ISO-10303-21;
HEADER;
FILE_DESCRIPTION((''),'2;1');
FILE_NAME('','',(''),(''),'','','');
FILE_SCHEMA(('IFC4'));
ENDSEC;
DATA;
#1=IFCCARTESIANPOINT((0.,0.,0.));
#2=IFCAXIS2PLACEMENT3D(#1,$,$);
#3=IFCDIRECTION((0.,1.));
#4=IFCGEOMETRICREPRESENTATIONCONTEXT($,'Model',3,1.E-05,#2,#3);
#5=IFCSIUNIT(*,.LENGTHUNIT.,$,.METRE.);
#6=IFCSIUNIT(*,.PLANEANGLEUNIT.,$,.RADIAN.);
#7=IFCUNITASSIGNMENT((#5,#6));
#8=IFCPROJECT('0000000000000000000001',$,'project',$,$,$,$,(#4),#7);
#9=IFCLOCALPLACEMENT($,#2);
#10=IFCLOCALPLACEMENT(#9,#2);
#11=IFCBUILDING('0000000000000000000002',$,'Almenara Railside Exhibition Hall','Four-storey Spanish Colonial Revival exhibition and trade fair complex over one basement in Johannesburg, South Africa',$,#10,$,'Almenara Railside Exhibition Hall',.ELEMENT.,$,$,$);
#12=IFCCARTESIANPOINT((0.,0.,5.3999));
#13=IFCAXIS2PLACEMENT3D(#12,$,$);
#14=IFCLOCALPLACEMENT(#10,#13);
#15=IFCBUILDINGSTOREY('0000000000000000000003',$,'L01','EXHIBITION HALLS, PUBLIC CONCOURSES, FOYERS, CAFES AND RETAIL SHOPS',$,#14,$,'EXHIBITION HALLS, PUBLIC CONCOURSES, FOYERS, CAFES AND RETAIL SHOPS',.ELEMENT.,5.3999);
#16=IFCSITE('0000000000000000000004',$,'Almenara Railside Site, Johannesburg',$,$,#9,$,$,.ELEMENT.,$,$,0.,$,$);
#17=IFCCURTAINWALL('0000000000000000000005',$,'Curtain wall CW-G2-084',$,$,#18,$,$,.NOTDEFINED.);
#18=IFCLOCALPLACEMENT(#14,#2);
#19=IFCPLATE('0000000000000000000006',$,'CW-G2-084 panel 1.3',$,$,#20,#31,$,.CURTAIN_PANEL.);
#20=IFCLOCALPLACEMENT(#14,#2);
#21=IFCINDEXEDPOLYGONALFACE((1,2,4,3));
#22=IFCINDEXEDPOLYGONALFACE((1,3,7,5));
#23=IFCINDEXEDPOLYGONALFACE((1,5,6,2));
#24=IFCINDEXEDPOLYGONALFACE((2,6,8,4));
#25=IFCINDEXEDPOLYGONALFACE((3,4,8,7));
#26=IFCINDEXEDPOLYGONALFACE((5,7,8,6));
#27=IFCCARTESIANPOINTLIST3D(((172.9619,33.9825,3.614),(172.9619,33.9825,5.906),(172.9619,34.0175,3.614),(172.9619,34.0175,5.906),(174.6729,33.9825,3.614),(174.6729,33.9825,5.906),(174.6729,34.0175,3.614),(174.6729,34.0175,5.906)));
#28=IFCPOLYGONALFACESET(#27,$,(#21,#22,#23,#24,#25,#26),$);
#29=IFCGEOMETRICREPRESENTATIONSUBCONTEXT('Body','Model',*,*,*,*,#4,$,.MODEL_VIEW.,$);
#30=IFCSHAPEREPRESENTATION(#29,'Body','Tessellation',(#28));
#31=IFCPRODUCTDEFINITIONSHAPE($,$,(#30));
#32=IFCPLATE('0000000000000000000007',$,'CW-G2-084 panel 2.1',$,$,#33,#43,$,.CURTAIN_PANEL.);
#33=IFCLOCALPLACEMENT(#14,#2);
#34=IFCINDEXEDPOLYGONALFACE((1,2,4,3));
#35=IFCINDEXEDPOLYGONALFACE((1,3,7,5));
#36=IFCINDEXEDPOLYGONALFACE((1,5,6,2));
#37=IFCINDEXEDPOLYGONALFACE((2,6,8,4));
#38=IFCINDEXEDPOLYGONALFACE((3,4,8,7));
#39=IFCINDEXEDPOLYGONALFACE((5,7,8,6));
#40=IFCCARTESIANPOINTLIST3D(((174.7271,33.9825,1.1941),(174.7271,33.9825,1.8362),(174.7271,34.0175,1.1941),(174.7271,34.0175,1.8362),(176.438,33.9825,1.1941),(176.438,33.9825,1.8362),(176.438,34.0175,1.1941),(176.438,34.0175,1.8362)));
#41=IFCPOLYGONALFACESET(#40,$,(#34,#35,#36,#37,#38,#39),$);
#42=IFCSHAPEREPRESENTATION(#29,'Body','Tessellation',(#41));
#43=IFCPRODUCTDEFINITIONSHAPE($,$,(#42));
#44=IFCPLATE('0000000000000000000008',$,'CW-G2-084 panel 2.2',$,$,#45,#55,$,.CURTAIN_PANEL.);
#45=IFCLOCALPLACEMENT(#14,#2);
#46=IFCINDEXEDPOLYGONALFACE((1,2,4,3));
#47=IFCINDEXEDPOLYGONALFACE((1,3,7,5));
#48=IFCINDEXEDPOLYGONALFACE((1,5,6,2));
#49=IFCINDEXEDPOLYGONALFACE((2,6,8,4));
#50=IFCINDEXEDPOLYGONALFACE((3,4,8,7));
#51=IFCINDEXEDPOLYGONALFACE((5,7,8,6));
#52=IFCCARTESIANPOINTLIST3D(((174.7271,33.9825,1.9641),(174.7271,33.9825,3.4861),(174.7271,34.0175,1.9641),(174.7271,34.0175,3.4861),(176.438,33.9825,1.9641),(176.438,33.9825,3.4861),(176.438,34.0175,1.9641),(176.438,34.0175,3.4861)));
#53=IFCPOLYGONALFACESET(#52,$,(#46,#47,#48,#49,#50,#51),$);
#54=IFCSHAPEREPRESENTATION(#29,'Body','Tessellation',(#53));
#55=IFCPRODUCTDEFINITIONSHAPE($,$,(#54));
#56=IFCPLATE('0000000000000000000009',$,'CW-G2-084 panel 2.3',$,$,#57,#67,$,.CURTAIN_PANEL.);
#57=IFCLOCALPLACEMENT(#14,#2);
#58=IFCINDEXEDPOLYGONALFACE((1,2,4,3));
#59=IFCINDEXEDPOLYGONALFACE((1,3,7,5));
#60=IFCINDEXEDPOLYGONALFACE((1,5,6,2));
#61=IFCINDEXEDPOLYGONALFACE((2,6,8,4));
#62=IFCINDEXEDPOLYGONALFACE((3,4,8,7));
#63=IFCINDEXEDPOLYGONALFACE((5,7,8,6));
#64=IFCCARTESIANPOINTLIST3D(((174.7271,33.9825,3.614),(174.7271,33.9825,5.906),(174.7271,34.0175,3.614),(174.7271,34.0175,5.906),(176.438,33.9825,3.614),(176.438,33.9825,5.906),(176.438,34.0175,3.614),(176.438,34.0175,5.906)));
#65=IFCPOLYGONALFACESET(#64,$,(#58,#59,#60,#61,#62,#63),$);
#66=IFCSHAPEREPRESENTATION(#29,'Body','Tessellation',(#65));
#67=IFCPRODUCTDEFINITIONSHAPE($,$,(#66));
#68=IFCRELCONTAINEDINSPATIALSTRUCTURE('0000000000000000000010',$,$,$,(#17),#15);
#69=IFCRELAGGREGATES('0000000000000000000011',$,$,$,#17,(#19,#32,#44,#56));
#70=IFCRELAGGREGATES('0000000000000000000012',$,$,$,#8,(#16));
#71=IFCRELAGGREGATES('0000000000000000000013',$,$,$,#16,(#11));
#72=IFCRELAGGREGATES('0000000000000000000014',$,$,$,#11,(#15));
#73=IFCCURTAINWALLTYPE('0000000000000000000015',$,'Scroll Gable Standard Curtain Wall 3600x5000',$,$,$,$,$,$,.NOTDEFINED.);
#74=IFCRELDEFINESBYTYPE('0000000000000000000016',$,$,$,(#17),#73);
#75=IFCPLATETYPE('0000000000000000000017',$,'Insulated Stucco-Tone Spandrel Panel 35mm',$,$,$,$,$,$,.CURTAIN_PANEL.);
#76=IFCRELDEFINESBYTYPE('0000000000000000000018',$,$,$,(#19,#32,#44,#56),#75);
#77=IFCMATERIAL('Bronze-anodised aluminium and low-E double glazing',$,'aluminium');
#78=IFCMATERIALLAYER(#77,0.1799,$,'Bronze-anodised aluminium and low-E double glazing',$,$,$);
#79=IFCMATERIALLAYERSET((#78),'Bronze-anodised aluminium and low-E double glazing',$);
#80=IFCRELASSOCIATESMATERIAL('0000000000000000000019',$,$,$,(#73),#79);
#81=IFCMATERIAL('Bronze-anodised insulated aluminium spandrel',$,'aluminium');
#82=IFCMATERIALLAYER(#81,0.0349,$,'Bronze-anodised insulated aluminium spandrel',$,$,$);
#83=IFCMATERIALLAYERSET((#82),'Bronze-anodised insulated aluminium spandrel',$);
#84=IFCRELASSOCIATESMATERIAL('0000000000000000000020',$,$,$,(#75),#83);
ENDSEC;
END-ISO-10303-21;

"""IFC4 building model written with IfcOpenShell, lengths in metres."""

from ifc_helpers import new_model, si_unit, direction, frame, origin, origin_2d, place, context, subcontext, project, spatial, rectangle, extrude, material, layer, layer_set, type_object, element, aggregate, save


model = new_model("IFC4")

# Units and contexts
model_context = context("Model", 3, precision=1e-05, world=origin(), true_north=direction((0.0, 1.0)))
body_context = subcontext(model_context, "Body", "Model", "MODEL_VIEW")
ifc_project = project(units=[si_unit("LENGTHUNIT", "METRE"), si_unit("PLANEANGLEUNIT", "RADIAN")], contexts=[model_context])

# Site, building, storey
site_placement = place(None, origin())
site = spatial("IfcSite", under=ifc_project, at=site_placement, Name="Almenara Railside Site, Johannesburg", CompositionType="ELEMENT", RefElevation=0.0)
building_placement = place(site_placement, origin())
building = spatial("IfcBuilding", under=site, at=building_placement, Name="Almenara Railside Exhibition Hall", Description="Four-storey Spanish Colonial Revival exhibition and trade fair complex over one basement in Johannesburg, South Africa", LongName="Almenara Railside Exhibition Hall", CompositionType="ELEMENT")
storey_placement = place(building_placement, frame((0.0, 0.0, 5.3999)))
storey = spatial("IfcBuildingStorey", under=building, at=storey_placement, Name="L01", Description="EXHIBITION HALLS, PUBLIC CONCOURSES, FOYERS, CAFES AND RETAIL SHOPS", LongName="EXHIBITION HALLS, PUBLIC CONCOURSES, FOYERS, CAFES AND RETAIL SHOPS", CompositionType="ELEMENT", Elevation=5.3999)

# Shared definitions
ifc_material_1 = material(Name="Bronze-anodised aluminium and low-E double glazing", Category="aluminium")
ifc_layer_1 = layer(ifc_material_1, 0.1799, Name="Bronze-anodised aluminium and low-E double glazing")
ifc_layer_set_1 = layer_set([ifc_layer_1], Name="Bronze-anodised aluminium and low-E double glazing")
curtain_wall_type = type_object("IfcCurtainWallType", Name="Scroll Gable Standard Curtain Wall 3600x5000", PredefinedType="NOTDEFINED", material=ifc_layer_set_1)

# Curtain wall
curtain_wall_1_placement = place(storey_placement, origin())
curtain_wall_1 = element("IfcCurtainWall", 1, at=curtain_wall_1_placement, inside=storey, type_object=curtain_wall_type, Name="Curtain wall CW-G2-084", PredefinedType="NOTDEFINED")

# Plates
ifc_material_2 = material(Name="Bronze-anodised insulated aluminium spandrel", Category="aluminium")
ifc_layer_2 = layer(ifc_material_2, 0.0349, Name="Bronze-anodised insulated aluminium spandrel")
ifc_layer_set_2 = layer_set([ifc_layer_2], Name="Bronze-anodised insulated aluminium spandrel")
plate_type_1 = type_object("IfcPlateType", Name="Insulated Stucco-Tone Spandrel Panel 35mm", PredefinedType="CURTAIN_PANEL", material=ifc_layer_set_2)
plate_1_placement = place(storey_placement, frame((173.8174, 34.0, 3.614), z_axis=(0.0, 0.0, 1.0), x_axis=(1.0, 0.0, 0.0)))
plate_1 = element("IfcPlate", 2, at=plate_1_placement, type_object=plate_type_1, Name="CW-G2-084 panel 1.3", PredefinedType="CURTAIN_PANEL", context=body_context, shape_type="SweptSolid", body=[
    extrude(rectangle(XDim=1.7109, YDim=0.0349, at=origin_2d()), origin(), (0.0, 0.0, 1.0), 2.292),
])
plate_2_placement = place(storey_placement, frame((175.5825, 34.0, 1.1941), z_axis=(0.0, 0.0, 1.0), x_axis=(1.0, 0.0, 0.0)))
plate_2 = element("IfcPlate", 3, at=plate_2_placement, type_object=plate_type_1, Name="CW-G2-084 panel 2.1", PredefinedType="CURTAIN_PANEL", context=body_context, shape_type="SweptSolid", body=[
    extrude(rectangle(XDim=1.7109, YDim=0.0349, at=origin_2d()), origin(), (0.0, 0.0, 1.0), 0.6421),
])
plate_3_placement = place(storey_placement, frame((175.5825, 34.0, 1.9641), z_axis=(0.0, 0.0, 1.0), x_axis=(1.0, 0.0, 0.0)))
plate_3 = element("IfcPlate", 4, at=plate_3_placement, type_object=plate_type_1, Name="CW-G2-084 panel 2.2", PredefinedType="CURTAIN_PANEL", context=body_context, shape_type="SweptSolid", body=[
    extrude(rectangle(XDim=1.7109, YDim=0.0349, at=origin_2d()), origin(), (0.0, 0.0, 1.0), 1.522),
])
plate_4_placement = place(storey_placement, frame((175.5825, 34.0, 3.614), z_axis=(0.0, 0.0, 1.0), x_axis=(1.0, 0.0, 0.0)))
plate_4 = element("IfcPlate", 5, at=plate_4_placement, type_object=plate_type_1, Name="CW-G2-084 panel 2.3", PredefinedType="CURTAIN_PANEL", context=body_context, shape_type="SweptSolid", body=[
    extrude(rectangle(XDim=1.7109, YDim=0.0349, at=origin_2d()), origin(), (0.0, 0.0, 1.0), 2.292),
])
aggregate(curtain_wall_1, [plate_1, plate_2, plate_3, plate_4])

save(model, "model.ifc")
